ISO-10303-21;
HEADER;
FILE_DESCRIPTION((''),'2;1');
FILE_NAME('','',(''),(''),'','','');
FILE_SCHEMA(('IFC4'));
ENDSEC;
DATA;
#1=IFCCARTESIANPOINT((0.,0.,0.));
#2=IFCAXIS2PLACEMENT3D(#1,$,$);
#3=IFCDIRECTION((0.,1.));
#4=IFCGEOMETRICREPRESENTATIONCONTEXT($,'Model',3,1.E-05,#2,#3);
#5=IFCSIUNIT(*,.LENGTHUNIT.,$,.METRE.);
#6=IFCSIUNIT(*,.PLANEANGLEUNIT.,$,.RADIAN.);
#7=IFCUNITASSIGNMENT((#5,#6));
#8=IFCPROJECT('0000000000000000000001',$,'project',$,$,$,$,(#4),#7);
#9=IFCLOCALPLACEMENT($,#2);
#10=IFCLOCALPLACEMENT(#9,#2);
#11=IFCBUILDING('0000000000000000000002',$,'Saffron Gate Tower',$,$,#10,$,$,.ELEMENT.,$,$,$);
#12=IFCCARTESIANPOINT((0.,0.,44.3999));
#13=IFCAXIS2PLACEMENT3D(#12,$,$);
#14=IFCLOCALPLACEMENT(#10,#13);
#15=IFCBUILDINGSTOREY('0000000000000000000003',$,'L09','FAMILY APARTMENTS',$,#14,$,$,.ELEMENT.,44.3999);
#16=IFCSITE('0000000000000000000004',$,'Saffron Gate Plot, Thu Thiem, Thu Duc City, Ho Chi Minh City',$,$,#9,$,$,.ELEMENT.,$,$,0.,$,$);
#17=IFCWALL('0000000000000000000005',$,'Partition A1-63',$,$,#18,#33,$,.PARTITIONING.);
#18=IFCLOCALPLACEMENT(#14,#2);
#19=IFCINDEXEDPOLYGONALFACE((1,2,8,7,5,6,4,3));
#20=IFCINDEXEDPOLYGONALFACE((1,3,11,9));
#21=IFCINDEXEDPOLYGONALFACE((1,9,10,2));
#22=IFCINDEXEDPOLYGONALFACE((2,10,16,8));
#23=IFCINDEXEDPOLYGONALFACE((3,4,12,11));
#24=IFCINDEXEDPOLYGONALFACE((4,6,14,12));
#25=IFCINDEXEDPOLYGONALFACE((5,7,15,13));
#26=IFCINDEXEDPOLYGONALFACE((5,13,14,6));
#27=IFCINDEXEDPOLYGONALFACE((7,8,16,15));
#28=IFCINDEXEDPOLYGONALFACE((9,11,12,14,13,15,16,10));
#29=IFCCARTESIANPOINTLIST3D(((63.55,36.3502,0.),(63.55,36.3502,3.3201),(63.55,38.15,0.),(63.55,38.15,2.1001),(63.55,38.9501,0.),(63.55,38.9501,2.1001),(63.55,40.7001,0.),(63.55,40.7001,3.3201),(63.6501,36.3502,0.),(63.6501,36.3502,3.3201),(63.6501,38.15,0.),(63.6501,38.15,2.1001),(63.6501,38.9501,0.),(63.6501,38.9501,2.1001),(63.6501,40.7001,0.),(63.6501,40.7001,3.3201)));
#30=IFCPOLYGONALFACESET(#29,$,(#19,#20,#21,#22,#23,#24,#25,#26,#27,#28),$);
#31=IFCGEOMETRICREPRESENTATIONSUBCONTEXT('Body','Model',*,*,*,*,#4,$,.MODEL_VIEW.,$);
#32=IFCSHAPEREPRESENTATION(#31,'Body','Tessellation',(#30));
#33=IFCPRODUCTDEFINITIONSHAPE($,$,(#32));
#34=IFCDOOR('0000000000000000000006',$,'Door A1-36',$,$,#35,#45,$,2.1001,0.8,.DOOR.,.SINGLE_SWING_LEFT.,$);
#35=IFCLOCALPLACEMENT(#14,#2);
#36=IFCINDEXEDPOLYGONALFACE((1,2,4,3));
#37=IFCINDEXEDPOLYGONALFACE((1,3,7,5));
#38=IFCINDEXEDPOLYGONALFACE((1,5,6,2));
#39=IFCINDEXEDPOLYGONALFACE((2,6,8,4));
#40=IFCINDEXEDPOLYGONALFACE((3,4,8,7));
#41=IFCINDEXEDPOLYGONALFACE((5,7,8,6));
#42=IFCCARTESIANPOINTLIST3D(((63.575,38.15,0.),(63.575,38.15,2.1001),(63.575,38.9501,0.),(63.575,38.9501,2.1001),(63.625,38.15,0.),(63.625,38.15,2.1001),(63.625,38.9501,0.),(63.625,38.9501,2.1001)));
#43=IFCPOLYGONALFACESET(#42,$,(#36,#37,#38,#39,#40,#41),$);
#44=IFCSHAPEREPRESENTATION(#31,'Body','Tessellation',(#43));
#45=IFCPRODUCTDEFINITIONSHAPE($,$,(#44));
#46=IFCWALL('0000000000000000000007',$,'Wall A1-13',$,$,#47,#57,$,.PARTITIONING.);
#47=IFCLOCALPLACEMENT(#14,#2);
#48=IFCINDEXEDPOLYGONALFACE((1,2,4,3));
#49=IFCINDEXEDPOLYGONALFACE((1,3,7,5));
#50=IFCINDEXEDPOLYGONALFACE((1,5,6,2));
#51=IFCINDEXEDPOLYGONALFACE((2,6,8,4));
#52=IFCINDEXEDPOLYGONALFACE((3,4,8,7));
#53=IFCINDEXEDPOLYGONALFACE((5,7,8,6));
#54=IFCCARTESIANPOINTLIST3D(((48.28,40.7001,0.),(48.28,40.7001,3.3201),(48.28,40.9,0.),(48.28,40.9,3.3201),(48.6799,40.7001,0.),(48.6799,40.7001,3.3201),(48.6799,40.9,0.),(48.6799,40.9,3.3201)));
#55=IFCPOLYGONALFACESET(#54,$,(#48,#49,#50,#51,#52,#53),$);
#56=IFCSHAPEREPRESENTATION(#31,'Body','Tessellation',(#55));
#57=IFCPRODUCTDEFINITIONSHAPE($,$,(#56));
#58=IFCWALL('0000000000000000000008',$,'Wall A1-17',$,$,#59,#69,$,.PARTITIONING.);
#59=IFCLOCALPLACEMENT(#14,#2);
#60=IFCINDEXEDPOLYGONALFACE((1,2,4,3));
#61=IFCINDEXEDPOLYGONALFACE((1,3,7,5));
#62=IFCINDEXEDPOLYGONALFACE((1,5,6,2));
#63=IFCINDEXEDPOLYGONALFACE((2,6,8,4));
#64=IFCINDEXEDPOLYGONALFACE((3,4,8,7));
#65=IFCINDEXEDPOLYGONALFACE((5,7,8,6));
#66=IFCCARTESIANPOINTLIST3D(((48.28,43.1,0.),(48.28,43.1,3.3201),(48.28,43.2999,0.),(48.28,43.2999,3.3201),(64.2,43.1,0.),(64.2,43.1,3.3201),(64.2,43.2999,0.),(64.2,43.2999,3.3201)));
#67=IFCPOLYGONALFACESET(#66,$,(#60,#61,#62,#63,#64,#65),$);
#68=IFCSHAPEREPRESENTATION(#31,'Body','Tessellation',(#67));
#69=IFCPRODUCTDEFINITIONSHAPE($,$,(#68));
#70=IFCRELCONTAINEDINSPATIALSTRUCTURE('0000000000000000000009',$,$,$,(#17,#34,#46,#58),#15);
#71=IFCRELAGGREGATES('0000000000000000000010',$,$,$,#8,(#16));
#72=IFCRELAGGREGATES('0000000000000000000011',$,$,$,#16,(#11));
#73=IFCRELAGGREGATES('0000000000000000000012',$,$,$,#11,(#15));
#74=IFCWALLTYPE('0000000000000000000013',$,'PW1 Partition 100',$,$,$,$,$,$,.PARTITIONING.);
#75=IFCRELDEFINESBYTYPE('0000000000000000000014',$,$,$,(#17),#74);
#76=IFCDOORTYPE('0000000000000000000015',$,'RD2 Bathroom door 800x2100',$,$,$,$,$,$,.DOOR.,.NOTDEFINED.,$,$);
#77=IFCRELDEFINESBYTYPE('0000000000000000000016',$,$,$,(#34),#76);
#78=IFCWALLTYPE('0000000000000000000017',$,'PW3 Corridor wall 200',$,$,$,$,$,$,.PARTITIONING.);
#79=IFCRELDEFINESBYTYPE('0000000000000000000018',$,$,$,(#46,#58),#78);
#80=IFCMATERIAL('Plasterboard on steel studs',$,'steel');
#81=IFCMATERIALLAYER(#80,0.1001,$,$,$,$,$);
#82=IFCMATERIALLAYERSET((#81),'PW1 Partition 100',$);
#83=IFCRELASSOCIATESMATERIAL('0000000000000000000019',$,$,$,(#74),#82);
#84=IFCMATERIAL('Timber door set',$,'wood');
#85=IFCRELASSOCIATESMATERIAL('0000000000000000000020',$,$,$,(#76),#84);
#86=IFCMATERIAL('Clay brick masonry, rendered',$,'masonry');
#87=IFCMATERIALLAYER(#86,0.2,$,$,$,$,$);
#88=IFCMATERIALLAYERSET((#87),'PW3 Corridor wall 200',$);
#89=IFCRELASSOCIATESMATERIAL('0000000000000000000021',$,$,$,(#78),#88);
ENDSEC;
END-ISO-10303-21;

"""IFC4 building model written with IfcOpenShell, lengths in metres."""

from ifc_helpers import new_model, si_unit, direction, frame, frame_2d, origin, place, context, subcontext, project, spatial, rectangle, extrude, material, layer, layer_set, type_object, element, fill, save


model = new_model("IFC4")

# Units and contexts
model_context = context("Model", 3, precision=1e-05, world=origin(), true_north=direction((0.0, 1.0)))
body_context = subcontext(model_context, "Body", "Model", "MODEL_VIEW")
ifc_project = project(units=[si_unit("LENGTHUNIT", "METRE"), si_unit("PLANEANGLEUNIT", "RADIAN")], contexts=[model_context])

# Site, building, storey
site_placement = place(None, origin())
site = spatial("IfcSite", under=ifc_project, at=site_placement, Name="Saffron Gate Plot, Thu Thiem, Thu Duc City, Ho Chi Minh City", CompositionType="ELEMENT", RefElevation=0.0)
building_placement = place(site_placement, origin())
building = spatial("IfcBuilding", under=site, at=building_placement, Name="Saffron Gate Tower", CompositionType="ELEMENT")
storey_placement = place(building_placement, frame((0.0, 0.0, 44.3999)))
storey = spatial("IfcBuildingStorey", under=building, at=storey_placement, Name="L09", Description="FAMILY APARTMENTS", CompositionType="ELEMENT", Elevation=44.3999)

# Shared definitions
ifc_material_1 = material(Name="Plasterboard on steel studs", Category="steel")
ifc_layer_1 = layer(ifc_material_1, 0.1001)
ifc_layer_set_1 = layer_set([ifc_layer_1], Name="PW1 Partition 100")
wall_type_1 = type_object("IfcWallType", Name="PW1 Partition 100", PredefinedType="PARTITIONING", material=ifc_layer_set_1)

# Shared definitions
ifc_material_2 = material(Name="Timber door set", Category="wood")

# Wall, opening, door
wall_1_placement = place(storey_placement, frame((63.6001, 40.7, 0.0), z_axis=(0.0, 0.0, 1.0), x_axis=(0.0, -1.0, 0.0)))
wall_1 = element("IfcWall", 1, at=wall_1_placement, inside=storey, type_object=wall_type_1, Name="Partition A1-63", PredefinedType="PARTITIONING", context=body_context, shape_type="SweptSolid", body=[
    extrude(rectangle(XDim=4.3499, YDim=0.1001, at=frame_2d((2.1748, 0.0))), origin(), (0.0, 0.0, 1.0), 3.3201),
])
opening_1_placement = place(wall_1_placement, frame((1.75, 0.0, 0.0)))
opening_1 = element("IfcOpeningElement", 2, at=opening_1_placement, cuts=wall_1, PredefinedType="OPENING", context=body_context, shape_type="SweptSolid", body=[
    extrude(rectangle(XDim=0.8, YDim=2.1001, at=frame_2d((0.3999, 1.05))), frame((0.0, 0.0601, 0.0), z_axis=(0.0, -1.0, 0.0), x_axis=(1.0, 0.0, 0.0)), (0.0, 0.0, 1.0), 0.1201),
])
door_type_1 = type_object("IfcDoorType", Name="RD2 Bathroom door 800x2100", OperationType="NOTDEFINED", PredefinedType="DOOR", material=ifc_material_2)
door_1_placement = place(opening_1_placement, origin())
door_1 = element("IfcDoor", 3, at=door_1_placement, inside=storey, type_object=door_type_1, Name="Door A1-36", OperationType="SINGLE_SWING_LEFT", OverallHeight=2.1001, OverallWidth=0.8, PredefinedType="DOOR", context=body_context, shape_type="SweptSolid", body=[
    extrude(rectangle(XDim=0.8, YDim=2.1001, at=frame_2d((0.3999, 1.05))), frame((0.0, 0.0249, 0.0), z_axis=(0.0, -1.0, 0.0), x_axis=(1.0, 0.0, 0.0)), (0.0, 0.0, 1.0), 0.05),
])
fill(opening_1, door_1)

# Walls
ifc_material_3 = material(Name="Clay brick masonry, rendered", Category="masonry")
ifc_layer_2 = layer(ifc_material_3, 0.2)
ifc_layer_set_2 = layer_set([ifc_layer_2], Name="PW3 Corridor wall 200")
wall_type_2 = type_object("IfcWallType", Name="PW3 Corridor wall 200", PredefinedType="PARTITIONING", material=ifc_layer_set_2)
wall_2_placement = place(storey_placement, frame((48.28, 40.8, 0.0), z_axis=(0.0, 0.0, 1.0), x_axis=(1.0, 0.0, 0.0)))
element("IfcWall", 4, at=wall_2_placement, inside=storey, type_object=wall_type_2, Name="Wall A1-13", PredefinedType="PARTITIONING", context=body_context, shape_type="SweptSolid", body=[
    extrude(rectangle(XDim=0.3999, YDim=0.2, at=frame_2d((0.2, 0.0))), origin(), (0.0, 0.0, 1.0), 3.3201),
])
wall_3_placement = place(storey_placement, frame((48.28, 43.2, 0.0), z_axis=(0.0, 0.0, 1.0), x_axis=(1.0, 0.0, 0.0)))
element("IfcWall", 5, at=wall_3_placement, inside=storey, type_object=wall_type_2, Name="Wall A1-17", PredefinedType="PARTITIONING", context=body_context, shape_type="SweptSolid", body=[
    extrude(rectangle(XDim=15.9199, YDim=0.2, at=frame_2d((7.96, 0.0))), origin(), (0.0, 0.0, 1.0), 3.3201),
])

save(model, "model.ifc")
